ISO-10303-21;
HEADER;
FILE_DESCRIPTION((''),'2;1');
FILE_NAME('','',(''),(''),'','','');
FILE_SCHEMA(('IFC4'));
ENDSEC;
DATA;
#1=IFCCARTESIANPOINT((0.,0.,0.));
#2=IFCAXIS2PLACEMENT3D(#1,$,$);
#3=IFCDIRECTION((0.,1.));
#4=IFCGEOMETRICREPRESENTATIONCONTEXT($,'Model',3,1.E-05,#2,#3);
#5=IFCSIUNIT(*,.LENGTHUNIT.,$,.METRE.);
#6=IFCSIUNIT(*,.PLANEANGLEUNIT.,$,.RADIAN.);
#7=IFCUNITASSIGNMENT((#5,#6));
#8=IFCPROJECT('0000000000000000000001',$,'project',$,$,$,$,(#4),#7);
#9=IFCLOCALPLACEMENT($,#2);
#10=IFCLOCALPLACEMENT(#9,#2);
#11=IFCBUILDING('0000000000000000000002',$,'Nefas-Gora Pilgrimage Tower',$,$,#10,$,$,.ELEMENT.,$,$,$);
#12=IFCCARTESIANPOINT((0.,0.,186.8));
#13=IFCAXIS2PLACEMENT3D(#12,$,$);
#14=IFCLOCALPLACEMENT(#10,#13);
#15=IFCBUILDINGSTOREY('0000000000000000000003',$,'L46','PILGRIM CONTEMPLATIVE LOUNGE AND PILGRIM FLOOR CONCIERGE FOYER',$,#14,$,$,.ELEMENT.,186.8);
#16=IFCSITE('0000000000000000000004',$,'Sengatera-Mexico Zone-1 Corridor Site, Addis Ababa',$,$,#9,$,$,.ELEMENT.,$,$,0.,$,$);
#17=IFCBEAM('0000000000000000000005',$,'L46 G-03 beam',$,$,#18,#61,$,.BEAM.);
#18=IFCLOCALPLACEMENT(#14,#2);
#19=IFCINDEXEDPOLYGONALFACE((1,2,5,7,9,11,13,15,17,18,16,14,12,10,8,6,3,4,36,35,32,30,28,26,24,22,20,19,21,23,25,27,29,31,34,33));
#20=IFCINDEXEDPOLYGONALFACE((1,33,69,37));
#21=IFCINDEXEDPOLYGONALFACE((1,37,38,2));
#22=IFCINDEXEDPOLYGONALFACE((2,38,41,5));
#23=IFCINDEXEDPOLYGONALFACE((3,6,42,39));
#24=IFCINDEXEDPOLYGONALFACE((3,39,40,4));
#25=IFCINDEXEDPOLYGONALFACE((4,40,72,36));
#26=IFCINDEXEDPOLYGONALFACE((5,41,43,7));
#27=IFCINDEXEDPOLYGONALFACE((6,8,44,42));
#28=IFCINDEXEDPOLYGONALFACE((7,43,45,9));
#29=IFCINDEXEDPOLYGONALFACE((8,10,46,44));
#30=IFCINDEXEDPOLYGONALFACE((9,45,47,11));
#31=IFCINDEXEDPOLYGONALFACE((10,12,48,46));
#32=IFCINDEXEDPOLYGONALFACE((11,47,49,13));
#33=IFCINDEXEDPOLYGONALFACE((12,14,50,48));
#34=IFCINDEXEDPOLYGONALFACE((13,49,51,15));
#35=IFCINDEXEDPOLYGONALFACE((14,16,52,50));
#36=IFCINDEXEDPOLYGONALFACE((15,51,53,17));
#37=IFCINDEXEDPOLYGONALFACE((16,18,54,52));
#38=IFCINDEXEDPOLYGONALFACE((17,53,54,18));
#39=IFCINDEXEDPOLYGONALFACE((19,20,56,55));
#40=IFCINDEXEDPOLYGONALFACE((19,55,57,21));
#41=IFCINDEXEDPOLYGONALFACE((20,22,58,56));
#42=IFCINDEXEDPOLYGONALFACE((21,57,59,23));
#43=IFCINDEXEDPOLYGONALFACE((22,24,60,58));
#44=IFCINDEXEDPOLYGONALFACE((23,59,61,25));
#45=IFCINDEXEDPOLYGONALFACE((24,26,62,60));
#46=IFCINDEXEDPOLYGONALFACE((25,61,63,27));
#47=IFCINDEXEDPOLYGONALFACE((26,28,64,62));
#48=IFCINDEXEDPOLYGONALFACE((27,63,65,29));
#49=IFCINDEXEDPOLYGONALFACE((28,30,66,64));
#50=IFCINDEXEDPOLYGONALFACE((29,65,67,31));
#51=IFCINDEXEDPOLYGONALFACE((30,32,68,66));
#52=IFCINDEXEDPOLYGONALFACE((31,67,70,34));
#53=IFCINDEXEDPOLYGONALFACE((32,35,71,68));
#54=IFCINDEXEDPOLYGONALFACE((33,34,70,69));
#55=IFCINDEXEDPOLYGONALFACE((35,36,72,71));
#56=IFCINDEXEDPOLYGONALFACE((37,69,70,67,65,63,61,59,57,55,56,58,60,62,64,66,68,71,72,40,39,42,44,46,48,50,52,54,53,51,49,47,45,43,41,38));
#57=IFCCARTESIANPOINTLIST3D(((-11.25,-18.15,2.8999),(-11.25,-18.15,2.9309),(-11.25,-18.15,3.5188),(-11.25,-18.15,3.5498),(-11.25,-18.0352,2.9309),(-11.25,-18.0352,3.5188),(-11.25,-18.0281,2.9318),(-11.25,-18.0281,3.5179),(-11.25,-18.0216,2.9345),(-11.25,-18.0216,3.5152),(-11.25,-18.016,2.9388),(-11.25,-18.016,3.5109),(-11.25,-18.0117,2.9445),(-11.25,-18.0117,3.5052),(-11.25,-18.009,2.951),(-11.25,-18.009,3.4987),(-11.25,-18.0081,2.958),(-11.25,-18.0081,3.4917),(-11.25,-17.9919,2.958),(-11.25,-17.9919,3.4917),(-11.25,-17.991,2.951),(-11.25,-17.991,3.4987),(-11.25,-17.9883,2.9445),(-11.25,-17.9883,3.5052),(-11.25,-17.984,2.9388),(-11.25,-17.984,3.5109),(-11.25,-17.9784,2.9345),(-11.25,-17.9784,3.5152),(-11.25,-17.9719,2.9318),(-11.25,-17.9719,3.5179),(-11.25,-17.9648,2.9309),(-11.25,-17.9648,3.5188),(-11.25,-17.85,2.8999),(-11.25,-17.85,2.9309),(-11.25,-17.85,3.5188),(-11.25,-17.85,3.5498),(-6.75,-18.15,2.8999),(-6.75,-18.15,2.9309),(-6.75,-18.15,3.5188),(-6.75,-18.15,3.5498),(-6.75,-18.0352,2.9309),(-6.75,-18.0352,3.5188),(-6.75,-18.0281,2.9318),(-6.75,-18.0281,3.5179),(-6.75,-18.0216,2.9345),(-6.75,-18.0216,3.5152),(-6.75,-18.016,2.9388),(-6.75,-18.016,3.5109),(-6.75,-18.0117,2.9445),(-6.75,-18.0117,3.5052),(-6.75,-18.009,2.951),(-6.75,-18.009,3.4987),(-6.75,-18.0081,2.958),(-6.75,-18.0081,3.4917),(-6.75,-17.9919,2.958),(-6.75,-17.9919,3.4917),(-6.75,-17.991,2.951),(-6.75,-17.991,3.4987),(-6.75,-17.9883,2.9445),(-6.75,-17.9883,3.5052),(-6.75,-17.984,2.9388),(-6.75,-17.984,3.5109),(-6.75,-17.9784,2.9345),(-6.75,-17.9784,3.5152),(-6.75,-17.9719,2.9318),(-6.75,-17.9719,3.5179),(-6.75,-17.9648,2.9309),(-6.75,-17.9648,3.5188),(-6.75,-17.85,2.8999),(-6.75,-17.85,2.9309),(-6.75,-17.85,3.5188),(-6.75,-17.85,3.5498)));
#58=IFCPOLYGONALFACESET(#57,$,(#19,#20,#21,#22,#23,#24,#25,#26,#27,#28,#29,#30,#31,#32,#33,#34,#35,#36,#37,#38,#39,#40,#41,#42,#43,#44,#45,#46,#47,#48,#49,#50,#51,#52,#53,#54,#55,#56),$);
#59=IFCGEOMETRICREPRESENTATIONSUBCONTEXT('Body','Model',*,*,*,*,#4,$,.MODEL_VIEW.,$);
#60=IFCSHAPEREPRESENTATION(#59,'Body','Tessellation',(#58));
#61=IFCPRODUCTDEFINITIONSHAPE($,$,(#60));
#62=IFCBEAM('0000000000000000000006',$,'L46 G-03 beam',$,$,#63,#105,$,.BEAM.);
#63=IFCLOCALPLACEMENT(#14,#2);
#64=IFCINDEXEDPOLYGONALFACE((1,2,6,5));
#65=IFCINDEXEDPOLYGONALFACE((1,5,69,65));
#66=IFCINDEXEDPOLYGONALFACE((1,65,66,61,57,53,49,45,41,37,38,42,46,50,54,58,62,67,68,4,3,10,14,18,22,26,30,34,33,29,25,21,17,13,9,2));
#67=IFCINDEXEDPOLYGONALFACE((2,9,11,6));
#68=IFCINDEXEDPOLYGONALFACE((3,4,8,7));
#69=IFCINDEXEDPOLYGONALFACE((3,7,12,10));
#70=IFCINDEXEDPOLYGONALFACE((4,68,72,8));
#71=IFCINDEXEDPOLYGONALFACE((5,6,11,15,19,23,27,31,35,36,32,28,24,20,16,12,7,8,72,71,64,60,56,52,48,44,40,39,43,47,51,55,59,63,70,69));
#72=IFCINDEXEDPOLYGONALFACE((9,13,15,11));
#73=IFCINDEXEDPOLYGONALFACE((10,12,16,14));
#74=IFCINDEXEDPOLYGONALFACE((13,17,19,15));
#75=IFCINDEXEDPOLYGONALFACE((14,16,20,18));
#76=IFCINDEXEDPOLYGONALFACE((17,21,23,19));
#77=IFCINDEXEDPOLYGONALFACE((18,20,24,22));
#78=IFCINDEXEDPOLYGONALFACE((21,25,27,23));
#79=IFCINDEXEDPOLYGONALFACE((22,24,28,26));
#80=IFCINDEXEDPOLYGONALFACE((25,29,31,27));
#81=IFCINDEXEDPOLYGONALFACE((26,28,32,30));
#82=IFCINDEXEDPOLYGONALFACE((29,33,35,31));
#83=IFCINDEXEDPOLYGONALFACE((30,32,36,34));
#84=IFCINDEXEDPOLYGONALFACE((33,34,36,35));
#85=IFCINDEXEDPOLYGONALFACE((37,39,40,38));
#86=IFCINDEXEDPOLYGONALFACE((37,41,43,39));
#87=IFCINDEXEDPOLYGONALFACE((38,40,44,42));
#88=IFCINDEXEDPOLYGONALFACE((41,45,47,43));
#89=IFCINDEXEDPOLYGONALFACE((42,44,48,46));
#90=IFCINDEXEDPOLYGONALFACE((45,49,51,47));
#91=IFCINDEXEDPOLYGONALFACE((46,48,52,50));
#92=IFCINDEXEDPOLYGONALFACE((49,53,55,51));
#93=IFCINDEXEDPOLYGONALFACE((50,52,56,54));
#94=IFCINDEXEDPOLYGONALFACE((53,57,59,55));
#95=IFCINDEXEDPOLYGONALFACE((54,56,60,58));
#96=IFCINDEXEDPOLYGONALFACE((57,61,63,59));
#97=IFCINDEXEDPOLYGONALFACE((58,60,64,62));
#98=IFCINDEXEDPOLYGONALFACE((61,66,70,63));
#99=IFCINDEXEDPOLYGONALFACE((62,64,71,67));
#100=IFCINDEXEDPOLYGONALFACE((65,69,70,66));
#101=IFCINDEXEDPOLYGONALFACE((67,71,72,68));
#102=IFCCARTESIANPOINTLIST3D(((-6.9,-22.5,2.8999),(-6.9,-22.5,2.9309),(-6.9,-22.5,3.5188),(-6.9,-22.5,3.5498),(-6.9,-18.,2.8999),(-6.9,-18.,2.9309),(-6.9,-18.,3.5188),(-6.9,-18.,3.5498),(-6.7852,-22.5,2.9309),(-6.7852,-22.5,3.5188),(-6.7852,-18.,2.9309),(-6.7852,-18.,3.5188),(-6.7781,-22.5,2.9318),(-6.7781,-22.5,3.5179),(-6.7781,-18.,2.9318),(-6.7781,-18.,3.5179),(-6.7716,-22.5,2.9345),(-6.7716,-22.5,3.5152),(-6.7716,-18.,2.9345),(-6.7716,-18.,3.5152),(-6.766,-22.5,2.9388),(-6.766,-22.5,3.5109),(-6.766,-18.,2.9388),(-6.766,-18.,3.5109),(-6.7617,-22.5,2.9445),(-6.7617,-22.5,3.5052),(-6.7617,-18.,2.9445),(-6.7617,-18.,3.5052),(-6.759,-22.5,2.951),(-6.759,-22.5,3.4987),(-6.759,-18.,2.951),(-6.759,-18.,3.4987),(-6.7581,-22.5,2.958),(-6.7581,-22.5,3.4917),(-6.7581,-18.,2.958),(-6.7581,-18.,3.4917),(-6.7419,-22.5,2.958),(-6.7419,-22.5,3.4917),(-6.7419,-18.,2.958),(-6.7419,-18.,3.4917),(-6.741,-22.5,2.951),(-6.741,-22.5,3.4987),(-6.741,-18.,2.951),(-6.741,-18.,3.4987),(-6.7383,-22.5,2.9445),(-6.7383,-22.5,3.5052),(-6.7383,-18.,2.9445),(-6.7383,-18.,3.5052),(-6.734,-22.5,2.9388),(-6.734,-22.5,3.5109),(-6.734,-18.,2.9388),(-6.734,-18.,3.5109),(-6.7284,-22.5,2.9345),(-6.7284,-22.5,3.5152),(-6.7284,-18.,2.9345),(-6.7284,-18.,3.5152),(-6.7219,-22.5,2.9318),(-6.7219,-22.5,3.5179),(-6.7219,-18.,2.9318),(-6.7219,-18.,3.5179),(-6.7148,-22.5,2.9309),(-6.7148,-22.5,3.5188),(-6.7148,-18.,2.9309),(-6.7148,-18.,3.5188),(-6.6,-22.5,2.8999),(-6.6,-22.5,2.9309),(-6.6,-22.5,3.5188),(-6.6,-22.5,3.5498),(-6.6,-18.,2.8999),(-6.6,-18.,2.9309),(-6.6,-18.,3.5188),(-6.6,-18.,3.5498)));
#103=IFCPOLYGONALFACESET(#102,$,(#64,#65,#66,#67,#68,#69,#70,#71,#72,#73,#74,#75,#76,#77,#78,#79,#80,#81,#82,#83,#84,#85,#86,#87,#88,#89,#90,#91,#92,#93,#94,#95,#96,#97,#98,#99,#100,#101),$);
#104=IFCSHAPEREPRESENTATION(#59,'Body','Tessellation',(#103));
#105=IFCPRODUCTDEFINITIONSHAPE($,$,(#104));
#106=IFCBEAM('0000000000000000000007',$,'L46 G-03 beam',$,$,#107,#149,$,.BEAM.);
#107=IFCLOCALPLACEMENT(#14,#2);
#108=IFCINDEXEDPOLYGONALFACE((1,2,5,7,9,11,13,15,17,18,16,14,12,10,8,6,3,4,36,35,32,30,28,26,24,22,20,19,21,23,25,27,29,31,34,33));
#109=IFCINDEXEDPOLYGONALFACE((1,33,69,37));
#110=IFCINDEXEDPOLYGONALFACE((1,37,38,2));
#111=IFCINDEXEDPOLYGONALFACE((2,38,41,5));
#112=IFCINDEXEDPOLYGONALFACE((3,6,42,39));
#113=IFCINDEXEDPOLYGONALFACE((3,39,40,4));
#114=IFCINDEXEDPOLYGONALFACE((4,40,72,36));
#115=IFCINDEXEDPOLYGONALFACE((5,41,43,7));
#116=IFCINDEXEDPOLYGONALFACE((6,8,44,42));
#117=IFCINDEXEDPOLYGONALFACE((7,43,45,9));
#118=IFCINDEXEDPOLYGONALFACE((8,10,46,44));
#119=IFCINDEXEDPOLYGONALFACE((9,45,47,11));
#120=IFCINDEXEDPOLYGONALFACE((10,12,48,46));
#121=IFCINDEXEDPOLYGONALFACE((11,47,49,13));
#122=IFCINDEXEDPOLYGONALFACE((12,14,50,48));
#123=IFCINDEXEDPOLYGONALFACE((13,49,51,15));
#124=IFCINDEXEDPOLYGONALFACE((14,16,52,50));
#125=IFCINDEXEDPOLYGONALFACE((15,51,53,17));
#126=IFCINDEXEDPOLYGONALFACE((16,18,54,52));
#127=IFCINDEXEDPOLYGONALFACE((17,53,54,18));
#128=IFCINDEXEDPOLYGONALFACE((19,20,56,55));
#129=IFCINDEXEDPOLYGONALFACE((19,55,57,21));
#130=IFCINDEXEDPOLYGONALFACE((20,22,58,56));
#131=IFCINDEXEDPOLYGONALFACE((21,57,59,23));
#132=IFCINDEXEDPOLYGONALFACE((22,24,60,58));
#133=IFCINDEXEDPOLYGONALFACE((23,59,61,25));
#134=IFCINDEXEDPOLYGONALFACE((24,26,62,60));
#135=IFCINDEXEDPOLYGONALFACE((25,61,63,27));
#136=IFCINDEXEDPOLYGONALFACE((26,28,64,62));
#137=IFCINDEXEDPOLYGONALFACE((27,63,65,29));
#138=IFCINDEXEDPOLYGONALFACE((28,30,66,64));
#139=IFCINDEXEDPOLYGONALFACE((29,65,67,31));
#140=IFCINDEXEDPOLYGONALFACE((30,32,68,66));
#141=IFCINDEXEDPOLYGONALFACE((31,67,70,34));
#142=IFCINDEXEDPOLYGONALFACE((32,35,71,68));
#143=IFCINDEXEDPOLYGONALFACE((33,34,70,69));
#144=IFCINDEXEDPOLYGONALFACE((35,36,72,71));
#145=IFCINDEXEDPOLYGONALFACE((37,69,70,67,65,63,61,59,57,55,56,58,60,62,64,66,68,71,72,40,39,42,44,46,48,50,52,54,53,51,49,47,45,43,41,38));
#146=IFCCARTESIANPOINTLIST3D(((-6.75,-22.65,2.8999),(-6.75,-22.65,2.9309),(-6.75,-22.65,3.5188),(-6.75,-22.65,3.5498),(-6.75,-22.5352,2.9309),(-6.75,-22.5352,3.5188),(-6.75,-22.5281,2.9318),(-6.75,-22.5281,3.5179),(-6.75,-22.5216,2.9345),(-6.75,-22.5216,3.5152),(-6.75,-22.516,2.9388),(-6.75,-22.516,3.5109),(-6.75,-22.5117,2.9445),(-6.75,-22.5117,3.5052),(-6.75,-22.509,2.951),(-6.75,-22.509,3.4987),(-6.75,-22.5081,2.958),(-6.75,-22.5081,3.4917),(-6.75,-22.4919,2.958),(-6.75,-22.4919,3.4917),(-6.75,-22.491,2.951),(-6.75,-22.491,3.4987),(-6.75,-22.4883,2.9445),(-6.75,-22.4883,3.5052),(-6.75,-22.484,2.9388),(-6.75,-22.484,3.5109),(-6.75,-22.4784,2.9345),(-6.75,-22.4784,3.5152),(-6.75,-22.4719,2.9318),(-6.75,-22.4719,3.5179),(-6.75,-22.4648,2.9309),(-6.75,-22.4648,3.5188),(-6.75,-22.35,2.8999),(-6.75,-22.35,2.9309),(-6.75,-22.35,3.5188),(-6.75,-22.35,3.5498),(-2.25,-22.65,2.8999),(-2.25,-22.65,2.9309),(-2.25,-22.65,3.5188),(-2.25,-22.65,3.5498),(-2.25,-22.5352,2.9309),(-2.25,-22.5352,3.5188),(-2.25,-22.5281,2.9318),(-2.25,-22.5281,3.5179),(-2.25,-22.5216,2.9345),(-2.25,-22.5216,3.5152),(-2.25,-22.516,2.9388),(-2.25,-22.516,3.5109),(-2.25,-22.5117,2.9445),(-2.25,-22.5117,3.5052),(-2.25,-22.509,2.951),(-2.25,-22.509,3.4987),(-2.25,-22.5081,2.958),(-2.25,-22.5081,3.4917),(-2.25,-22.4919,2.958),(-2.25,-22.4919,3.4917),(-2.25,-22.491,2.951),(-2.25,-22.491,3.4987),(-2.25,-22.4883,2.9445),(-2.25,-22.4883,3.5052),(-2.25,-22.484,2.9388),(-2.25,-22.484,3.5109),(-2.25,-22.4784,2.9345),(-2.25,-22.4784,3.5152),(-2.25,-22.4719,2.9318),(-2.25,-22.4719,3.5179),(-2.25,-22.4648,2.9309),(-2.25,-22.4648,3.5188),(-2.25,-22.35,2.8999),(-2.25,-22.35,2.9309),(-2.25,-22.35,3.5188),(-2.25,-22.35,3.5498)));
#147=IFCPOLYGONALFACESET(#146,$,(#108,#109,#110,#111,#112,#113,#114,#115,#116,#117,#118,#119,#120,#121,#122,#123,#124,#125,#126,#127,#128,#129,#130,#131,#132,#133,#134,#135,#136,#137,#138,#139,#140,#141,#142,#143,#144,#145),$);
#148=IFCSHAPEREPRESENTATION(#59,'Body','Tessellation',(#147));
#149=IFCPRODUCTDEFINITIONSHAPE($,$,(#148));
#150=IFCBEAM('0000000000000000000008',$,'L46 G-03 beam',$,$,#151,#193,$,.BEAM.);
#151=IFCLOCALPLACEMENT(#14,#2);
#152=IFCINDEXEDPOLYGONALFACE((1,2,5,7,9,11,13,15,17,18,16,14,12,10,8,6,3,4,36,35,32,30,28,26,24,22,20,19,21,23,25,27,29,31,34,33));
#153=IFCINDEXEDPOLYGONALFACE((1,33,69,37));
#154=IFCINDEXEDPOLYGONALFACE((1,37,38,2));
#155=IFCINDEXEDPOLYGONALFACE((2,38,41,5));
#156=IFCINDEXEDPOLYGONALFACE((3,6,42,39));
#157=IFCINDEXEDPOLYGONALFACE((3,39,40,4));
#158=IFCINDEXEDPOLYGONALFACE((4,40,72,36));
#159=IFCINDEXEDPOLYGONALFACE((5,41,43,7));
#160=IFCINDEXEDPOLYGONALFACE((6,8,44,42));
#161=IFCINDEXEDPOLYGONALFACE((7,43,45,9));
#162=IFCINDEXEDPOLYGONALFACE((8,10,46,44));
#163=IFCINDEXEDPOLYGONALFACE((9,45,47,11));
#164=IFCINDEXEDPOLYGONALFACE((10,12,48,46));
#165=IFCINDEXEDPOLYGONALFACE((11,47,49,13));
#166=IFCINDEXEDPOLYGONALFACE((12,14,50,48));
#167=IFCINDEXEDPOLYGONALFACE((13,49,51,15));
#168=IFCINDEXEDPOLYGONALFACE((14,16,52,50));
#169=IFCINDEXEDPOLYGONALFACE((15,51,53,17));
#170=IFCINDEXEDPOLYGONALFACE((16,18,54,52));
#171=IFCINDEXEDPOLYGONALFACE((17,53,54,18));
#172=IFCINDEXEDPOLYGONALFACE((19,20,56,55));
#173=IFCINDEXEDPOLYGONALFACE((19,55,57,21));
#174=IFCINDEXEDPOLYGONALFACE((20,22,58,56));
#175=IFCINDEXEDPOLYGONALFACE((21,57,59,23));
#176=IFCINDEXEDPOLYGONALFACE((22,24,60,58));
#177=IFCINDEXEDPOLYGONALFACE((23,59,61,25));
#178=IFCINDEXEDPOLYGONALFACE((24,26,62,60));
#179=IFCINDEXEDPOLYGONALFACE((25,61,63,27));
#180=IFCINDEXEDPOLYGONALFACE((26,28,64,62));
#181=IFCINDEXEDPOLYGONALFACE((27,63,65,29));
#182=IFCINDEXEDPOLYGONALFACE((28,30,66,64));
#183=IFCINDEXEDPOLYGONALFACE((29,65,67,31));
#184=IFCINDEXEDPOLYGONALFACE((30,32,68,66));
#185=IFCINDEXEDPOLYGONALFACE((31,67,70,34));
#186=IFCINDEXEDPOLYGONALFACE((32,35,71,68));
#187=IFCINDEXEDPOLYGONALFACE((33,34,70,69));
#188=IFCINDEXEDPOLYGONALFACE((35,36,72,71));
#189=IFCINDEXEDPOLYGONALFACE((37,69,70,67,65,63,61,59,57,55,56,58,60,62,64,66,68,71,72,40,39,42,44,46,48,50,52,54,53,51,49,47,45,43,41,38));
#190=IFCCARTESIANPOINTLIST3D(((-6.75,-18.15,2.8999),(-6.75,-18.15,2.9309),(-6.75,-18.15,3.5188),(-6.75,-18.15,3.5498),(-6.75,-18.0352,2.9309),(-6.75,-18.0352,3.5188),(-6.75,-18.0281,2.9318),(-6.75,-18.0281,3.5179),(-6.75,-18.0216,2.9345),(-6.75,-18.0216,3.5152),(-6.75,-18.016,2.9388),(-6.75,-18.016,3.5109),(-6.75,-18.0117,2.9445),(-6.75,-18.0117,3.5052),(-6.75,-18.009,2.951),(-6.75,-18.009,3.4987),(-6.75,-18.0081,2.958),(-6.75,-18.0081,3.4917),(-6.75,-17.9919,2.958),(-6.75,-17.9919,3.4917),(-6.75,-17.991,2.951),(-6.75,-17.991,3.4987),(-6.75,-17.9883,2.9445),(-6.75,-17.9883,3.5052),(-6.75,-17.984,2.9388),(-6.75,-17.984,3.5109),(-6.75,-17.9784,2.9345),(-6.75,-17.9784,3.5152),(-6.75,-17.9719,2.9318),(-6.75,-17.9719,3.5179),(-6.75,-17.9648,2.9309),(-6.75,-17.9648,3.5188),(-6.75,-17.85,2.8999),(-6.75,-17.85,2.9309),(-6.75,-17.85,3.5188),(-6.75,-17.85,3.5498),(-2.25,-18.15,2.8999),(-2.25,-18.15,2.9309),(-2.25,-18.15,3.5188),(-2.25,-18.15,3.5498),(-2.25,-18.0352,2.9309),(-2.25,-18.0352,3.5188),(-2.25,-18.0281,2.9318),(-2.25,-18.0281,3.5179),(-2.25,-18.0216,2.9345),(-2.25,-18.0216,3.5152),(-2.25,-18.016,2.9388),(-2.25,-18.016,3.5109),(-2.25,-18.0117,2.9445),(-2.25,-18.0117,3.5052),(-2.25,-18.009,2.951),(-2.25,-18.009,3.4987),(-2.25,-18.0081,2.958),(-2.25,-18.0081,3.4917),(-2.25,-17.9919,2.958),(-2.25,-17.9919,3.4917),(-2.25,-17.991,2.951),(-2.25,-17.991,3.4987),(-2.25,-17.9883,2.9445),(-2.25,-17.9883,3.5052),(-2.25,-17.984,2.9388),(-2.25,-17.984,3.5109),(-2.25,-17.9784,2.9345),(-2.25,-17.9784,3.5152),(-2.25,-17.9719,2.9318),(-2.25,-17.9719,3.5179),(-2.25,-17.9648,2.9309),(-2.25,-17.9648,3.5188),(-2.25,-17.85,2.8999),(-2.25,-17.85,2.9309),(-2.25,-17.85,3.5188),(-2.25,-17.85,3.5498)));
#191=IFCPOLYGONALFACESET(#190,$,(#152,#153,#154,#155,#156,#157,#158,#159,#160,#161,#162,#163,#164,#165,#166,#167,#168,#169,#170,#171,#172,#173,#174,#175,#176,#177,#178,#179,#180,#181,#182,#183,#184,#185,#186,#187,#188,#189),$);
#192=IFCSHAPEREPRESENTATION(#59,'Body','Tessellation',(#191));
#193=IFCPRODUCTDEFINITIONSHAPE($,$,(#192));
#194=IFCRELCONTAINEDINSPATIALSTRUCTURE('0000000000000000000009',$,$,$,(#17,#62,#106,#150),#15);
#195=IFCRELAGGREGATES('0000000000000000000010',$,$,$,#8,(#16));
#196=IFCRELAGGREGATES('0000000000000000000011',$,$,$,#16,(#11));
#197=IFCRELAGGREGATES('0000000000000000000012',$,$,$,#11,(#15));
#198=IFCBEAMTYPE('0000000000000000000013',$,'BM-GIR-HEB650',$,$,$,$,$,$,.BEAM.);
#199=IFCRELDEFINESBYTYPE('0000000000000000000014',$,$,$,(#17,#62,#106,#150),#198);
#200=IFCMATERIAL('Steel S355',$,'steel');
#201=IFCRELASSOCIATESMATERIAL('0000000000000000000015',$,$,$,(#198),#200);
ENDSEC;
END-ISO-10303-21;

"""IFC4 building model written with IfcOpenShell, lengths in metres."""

from ifc_helpers import new_model, si_unit, direction, frame, origin, origin_2d, place, context, subcontext, project, spatial, i_section, extrude, source, transform, mapped, material, material_profile, profile_set, type_object, element, save


model = new_model("IFC4")

# Units and contexts
model_context = context("Model", 3, precision=1e-05, world=origin(), true_north=direction((0.0, 1.0)))
body_context = subcontext(model_context, "Body", "Model", "MODEL_VIEW")
ifc_project = project(units=[si_unit("LENGTHUNIT", "METRE"), si_unit("PLANEANGLEUNIT", "RADIAN")], contexts=[model_context])

# Site, building, storey
site_placement = place(None, origin())
site = spatial("IfcSite", under=ifc_project, at=site_placement, Name="Sengatera-Mexico Zone-1 Corridor Site, Addis Ababa", CompositionType="ELEMENT", RefElevation=0.0)
building_placement = place(site_placement, origin())
building = spatial("IfcBuilding", under=site, at=building_placement, Name="Nefas-Gora Pilgrimage Tower", CompositionType="ELEMENT")
storey_placement = place(building_placement, frame((0.0, 0.0, 186.8)))
storey = spatial("IfcBuildingStorey", under=building, at=storey_placement, Name="L46", Description="PILGRIM CONTEMPLATIVE LOUNGE AND PILGRIM FLOOR CONCIERGE FOYER", CompositionType="ELEMENT", Elevation=186.8)

# Beams
ifc_material_1 = material(Name="Steel S355", Category="steel")
ifc_material_profile_1 = material_profile(ifc_material_1, i_section(OverallWidth=0.3, OverallDepth=0.6499, WebThickness=0.0161, FlangeThickness=0.031, FilletRadius=0.0271, at=origin_2d()), Name="HEB 650")
ifc_profile_set_1 = profile_set([ifc_material_profile_1], Name="Steel S355")
beam_type = type_object("IfcBeamType", Name="BM-GIR-HEB650", PredefinedType="BEAM", material=ifc_profile_set_1)
shared_shape_1 = source(origin(), body_context, "Body", "SweptSolid", [
    extrude(i_section(OverallWidth=0.3, OverallDepth=0.6499, WebThickness=0.0161, FlangeThickness=0.031, FilletRadius=0.0271, at=origin_2d()), origin(), (0.0, 0.0, 1.0), 4.5),
])
for number, where, z_axis, x_axis, name in (
    (1, (-11.25, -18.0, 3.2249), (1.0, 0.0, 0.0), (0.0, 1.0, 0.0), "L46 G-03 beam"),
    (2, (-6.75, -22.5, 3.2249), (0.0, 1.0, 0.0), (-1.0, 0.0, 0.0), "L46 G-03 beam"),
    (3, (-6.75, -22.5, 3.2249), (1.0, 0.0, 0.0), (0.0, 1.0, 0.0), "L46 G-03 beam"),
    (4, (-6.75, -18.0, 3.2249), (1.0, 0.0, 0.0), (0.0, 1.0, 0.0), "L46 G-03 beam"),
):
    element("IfcBeam", number, at=place(storey_placement, frame(where, z_axis=z_axis, x_axis=x_axis)), inside=storey, type_object=beam_type, Name=name, PredefinedType="BEAM", context=body_context, shape_type="MappedRepresentation", body=[
        mapped(shared_shape_1, transform((0.0, 0.0, 0.0), x_axis=(1.0, 0.0, 0.0), y_axis=(0.0, 1.0, 0.0), z_axis=(0.0, 0.0, 1.0), scale=1.0)),
    ])

save(model, "model.ifc")
